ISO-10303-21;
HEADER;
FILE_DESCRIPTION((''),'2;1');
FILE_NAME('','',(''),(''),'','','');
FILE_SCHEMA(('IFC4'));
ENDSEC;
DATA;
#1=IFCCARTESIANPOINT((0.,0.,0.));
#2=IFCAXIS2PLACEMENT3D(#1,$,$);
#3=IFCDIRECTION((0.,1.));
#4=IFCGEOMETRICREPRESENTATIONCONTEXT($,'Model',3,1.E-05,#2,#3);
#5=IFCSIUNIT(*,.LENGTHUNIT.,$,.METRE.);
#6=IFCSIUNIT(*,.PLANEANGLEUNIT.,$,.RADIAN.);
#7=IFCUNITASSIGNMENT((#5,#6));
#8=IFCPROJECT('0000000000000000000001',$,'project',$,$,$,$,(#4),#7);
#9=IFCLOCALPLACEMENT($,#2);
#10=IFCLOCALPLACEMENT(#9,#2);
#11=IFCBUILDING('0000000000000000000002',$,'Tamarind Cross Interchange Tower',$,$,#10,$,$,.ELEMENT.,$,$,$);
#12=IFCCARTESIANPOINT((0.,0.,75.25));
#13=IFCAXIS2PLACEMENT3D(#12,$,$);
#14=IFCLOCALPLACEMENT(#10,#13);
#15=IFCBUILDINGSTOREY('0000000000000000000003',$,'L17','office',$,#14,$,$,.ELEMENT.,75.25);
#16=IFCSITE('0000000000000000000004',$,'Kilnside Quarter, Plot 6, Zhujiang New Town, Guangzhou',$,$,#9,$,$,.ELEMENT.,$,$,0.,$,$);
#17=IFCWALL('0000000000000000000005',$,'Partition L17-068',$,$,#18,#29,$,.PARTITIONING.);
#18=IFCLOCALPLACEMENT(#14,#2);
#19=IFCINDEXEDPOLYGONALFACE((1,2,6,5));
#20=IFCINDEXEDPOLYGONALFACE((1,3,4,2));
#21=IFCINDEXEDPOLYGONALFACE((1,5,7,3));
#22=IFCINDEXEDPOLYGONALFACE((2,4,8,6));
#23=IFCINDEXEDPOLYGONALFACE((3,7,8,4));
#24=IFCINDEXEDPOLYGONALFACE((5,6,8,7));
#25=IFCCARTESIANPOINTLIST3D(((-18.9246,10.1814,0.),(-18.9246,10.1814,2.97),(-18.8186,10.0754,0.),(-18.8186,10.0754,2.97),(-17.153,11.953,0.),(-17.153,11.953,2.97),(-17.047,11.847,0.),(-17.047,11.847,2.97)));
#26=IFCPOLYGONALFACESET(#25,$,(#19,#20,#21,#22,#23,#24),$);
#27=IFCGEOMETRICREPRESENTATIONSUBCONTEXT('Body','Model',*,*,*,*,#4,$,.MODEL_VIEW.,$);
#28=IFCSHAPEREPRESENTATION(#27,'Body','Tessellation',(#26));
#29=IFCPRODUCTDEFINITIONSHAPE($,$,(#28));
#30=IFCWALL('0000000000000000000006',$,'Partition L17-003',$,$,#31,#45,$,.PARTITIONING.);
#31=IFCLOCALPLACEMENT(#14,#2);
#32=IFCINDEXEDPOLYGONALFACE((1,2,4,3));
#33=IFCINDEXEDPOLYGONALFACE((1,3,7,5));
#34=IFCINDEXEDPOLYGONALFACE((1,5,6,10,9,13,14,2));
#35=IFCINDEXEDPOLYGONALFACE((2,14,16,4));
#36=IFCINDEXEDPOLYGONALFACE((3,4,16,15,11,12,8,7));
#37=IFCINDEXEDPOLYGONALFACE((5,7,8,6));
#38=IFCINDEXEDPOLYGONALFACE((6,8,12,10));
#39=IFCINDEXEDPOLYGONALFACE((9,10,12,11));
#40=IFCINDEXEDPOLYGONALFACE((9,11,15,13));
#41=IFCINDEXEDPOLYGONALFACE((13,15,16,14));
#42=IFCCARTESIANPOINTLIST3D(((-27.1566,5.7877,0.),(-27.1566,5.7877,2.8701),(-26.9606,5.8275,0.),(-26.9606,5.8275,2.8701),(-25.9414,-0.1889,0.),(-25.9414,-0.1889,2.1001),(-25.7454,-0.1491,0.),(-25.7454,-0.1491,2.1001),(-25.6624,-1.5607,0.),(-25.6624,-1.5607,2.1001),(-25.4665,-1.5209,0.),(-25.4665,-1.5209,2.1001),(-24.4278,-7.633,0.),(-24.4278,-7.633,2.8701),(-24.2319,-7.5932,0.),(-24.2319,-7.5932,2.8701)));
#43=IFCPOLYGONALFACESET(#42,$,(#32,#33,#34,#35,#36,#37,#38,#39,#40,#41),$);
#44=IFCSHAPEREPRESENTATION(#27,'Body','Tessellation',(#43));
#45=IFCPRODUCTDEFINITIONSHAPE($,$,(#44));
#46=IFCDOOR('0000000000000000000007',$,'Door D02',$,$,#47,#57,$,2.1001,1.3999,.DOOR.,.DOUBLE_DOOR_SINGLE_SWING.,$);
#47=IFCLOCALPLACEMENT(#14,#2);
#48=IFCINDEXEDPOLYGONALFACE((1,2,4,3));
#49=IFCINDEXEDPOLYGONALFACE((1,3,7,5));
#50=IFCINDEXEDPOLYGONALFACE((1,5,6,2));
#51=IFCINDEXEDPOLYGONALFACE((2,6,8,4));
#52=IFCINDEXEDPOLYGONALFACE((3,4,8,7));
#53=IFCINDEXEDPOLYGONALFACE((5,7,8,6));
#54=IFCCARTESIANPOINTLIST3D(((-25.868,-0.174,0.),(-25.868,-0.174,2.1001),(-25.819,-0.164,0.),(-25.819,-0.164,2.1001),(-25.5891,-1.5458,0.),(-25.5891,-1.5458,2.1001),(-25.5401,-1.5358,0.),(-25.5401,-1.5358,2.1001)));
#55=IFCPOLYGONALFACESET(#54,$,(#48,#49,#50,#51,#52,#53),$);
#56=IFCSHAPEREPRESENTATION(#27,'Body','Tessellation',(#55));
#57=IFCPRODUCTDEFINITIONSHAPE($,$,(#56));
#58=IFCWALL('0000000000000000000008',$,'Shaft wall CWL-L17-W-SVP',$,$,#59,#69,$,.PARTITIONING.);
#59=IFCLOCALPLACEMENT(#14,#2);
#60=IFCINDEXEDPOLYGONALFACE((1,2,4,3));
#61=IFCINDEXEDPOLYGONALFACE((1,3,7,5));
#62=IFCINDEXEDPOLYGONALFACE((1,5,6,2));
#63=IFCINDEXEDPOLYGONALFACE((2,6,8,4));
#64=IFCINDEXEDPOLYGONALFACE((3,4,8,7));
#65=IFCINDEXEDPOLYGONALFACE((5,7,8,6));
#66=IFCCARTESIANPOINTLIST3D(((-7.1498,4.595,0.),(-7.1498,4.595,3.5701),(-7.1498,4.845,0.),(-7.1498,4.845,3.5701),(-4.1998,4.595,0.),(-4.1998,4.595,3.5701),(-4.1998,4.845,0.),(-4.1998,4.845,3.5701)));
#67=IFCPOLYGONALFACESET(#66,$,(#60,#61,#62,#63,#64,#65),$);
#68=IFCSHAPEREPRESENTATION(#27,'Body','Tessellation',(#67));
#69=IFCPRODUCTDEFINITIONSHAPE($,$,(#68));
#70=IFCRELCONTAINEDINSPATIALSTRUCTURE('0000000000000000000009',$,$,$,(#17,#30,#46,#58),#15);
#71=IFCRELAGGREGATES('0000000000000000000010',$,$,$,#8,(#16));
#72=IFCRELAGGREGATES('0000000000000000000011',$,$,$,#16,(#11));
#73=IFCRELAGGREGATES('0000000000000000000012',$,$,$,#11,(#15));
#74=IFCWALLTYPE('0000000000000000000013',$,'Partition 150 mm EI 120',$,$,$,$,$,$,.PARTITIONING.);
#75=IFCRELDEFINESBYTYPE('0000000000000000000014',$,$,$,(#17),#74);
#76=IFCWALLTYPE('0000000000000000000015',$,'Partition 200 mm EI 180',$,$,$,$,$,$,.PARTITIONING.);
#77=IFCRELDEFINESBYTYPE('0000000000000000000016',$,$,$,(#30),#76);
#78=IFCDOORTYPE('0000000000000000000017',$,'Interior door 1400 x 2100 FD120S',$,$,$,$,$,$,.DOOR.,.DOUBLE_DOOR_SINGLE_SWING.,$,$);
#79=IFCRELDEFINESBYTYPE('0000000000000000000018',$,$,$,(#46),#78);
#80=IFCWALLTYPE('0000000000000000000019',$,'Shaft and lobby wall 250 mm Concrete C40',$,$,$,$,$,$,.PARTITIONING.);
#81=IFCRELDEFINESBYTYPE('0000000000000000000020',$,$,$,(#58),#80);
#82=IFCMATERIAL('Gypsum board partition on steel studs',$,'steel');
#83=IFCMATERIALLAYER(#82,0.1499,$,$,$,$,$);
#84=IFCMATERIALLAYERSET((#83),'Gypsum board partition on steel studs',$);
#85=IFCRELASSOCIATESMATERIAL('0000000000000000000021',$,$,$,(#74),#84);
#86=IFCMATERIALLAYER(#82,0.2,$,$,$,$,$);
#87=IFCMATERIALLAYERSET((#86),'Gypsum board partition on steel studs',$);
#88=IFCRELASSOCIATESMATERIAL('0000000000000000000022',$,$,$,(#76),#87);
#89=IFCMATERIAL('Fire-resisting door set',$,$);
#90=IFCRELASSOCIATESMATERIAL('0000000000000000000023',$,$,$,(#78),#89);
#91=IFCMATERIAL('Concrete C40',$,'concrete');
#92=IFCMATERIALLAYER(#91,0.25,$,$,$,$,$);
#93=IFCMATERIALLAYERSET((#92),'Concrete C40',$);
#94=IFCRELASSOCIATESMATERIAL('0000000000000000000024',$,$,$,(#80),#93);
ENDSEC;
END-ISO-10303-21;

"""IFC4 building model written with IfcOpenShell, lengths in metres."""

from ifc_helpers import new_model, si_unit, direction, frame, frame_2d, origin, place, context, subcontext, project, spatial, rectangle, extrude, material, layer, layer_set, type_object, element, fill, save


model = new_model("IFC4")

# Units and contexts
model_context = context("Model", 3, precision=1e-05, world=origin(), true_north=direction((0.0, 1.0)))
body_context = subcontext(model_context, "Body", "Model", "MODEL_VIEW")
ifc_project = project(units=[si_unit("LENGTHUNIT", "METRE"), si_unit("PLANEANGLEUNIT", "RADIAN")], contexts=[model_context])

# Site, building, storey
site_placement = place(None, origin())
site = spatial("IfcSite", under=ifc_project, at=site_placement, Name="Kilnside Quarter, Plot 6, Zhujiang New Town, Guangzhou", CompositionType="ELEMENT", RefElevation=0.0)
building_placement = place(site_placement, origin())
building = spatial("IfcBuilding", under=site, at=building_placement, Name="Tamarind Cross Interchange Tower", CompositionType="ELEMENT")
storey_placement = place(building_placement, frame((0.0, 0.0, 75.25)))
storey = spatial("IfcBuildingStorey", under=building, at=storey_placement, Name="L17", Description="office", CompositionType="ELEMENT", Elevation=75.25)

# Shared definitions
ifc_material_1 = material(Name="Gypsum board partition on steel studs", Category="steel")
ifc_layer_1 = layer(ifc_material_1, 0.1499)
ifc_layer_set_1 = layer_set([ifc_layer_1], Name="Gypsum board partition on steel studs")
wall_type_1 = type_object("IfcWallType", Name="Partition 150 mm EI 120", PredefinedType="PARTITIONING", material=ifc_layer_set_1)

# Shared definitions
ifc_material_2 = material(Name="Fire-resisting door set")

# Wall
wall_1_placement = place(storey_placement, frame((-18.8716, 10.1284, 0.0), z_axis=(0.0, 0.0, 1.0), x_axis=(0.707107, 0.707107, 0.0)))
element("IfcWall", 1, at=wall_1_placement, inside=storey, type_object=wall_type_1, Name="Partition L17-068", PredefinedType="PARTITIONING", context=body_context, shape_type="SweptSolid", body=[
    extrude(rectangle(XDim=2.5054, YDim=0.1499, at=frame_2d((1.2527, 0.0))), origin(), (0.0, 0.0, 1.0), 2.97),
])

# Wall, opening, door
ifc_layer_2 = layer(ifc_material_1, 0.2)
ifc_layer_set_2 = layer_set([ifc_layer_2], Name="Gypsum board partition on steel studs")
wall_type_2 = type_object("IfcWallType", Name="Partition 200 mm EI 180", PredefinedType="PARTITIONING", material=ifc_layer_set_2)
wall_2_placement = place(storey_placement, frame((-27.0586, 5.8076, 0.0), z_axis=(0.0, 0.0, 1.0), x_axis=(0.199249, -0.979949, 0.0)))
wall_2 = element("IfcWall", 2, at=wall_2_placement, inside=storey, type_object=wall_type_2, Name="Partition L17-003", PredefinedType="PARTITIONING", context=body_context, shape_type="SweptSolid", body=[
    extrude(rectangle(XDim=13.6953, YDim=0.2, at=frame_2d((6.8477, 0.0))), origin(), (0.0, 0.0, 1.0), 2.8701),
])
opening_1_placement = place(wall_2_placement, frame((6.0989, 0.0, 0.0)))
opening_1 = element("IfcOpeningElement", 3, at=opening_1_placement, cuts=wall_2, PredefinedType="OPENING", context=body_context, shape_type="SweptSolid", body=[
    extrude(rectangle(XDim=1.3999, YDim=2.1001, at=frame_2d((0.7, 1.05))), frame((0.0, 0.1099, 0.0), z_axis=(0.0, -1.0, 0.0), x_axis=(1.0, 0.0, 0.0)), (0.0, 0.0, 1.0), 0.22),
])
door_type_1 = type_object("IfcDoorType", Name="Interior door 1400 x 2100 FD120S", OperationType="DOUBLE_DOOR_SINGLE_SWING", PredefinedType="DOOR", material=ifc_material_2)
door_1_placement = place(opening_1_placement, origin())
door_1 = element("IfcDoor", 4, at=door_1_placement, inside=storey, type_object=door_type_1, Name="Door D02", OperationType="DOUBLE_DOOR_SINGLE_SWING", OverallHeight=2.1001, OverallWidth=1.3999, PredefinedType="DOOR", context=body_context, shape_type="SweptSolid", body=[
    extrude(rectangle(XDim=1.3999, YDim=2.1001, at=frame_2d((0.7, 1.05))), frame((0.0, 0.0249, 0.0), z_axis=(0.0, -1.0, 0.0), x_axis=(1.0, 0.0, 0.0)), (0.0, 0.0, 1.0), 0.05),
])
fill(opening_1, door_1)

# Wall
ifc_material_3 = material(Name="Concrete C40", Category="concrete")
ifc_layer_3 = layer(ifc_material_3, 0.25)
ifc_layer_set_3 = layer_set([ifc_layer_3], Name="Concrete C40")
wall_type_3 = type_object("IfcWallType", Name="Shaft and lobby wall 250 mm Concrete C40", PredefinedType="PARTITIONING", material=ifc_layer_set_3)
wall_3_placement = place(storey_placement, frame((-7.1499, 4.72, 0.0), z_axis=(0.0, 0.0, 1.0), x_axis=(1.0, 0.0, 0.0)))
element("IfcWall", 5, at=wall_3_placement, inside=storey, type_object=wall_type_3, Name="Shaft wall CWL-L17-W-SVP", PredefinedType="PARTITIONING", context=body_context, shape_type="SweptSolid", body=[
    extrude(rectangle(XDim=2.95, YDim=0.25, at=frame_2d((1.4751, 0.0))), origin(), (0.0, 0.0, 1.0), 3.5701),
])

save(model, "model.ifc")
